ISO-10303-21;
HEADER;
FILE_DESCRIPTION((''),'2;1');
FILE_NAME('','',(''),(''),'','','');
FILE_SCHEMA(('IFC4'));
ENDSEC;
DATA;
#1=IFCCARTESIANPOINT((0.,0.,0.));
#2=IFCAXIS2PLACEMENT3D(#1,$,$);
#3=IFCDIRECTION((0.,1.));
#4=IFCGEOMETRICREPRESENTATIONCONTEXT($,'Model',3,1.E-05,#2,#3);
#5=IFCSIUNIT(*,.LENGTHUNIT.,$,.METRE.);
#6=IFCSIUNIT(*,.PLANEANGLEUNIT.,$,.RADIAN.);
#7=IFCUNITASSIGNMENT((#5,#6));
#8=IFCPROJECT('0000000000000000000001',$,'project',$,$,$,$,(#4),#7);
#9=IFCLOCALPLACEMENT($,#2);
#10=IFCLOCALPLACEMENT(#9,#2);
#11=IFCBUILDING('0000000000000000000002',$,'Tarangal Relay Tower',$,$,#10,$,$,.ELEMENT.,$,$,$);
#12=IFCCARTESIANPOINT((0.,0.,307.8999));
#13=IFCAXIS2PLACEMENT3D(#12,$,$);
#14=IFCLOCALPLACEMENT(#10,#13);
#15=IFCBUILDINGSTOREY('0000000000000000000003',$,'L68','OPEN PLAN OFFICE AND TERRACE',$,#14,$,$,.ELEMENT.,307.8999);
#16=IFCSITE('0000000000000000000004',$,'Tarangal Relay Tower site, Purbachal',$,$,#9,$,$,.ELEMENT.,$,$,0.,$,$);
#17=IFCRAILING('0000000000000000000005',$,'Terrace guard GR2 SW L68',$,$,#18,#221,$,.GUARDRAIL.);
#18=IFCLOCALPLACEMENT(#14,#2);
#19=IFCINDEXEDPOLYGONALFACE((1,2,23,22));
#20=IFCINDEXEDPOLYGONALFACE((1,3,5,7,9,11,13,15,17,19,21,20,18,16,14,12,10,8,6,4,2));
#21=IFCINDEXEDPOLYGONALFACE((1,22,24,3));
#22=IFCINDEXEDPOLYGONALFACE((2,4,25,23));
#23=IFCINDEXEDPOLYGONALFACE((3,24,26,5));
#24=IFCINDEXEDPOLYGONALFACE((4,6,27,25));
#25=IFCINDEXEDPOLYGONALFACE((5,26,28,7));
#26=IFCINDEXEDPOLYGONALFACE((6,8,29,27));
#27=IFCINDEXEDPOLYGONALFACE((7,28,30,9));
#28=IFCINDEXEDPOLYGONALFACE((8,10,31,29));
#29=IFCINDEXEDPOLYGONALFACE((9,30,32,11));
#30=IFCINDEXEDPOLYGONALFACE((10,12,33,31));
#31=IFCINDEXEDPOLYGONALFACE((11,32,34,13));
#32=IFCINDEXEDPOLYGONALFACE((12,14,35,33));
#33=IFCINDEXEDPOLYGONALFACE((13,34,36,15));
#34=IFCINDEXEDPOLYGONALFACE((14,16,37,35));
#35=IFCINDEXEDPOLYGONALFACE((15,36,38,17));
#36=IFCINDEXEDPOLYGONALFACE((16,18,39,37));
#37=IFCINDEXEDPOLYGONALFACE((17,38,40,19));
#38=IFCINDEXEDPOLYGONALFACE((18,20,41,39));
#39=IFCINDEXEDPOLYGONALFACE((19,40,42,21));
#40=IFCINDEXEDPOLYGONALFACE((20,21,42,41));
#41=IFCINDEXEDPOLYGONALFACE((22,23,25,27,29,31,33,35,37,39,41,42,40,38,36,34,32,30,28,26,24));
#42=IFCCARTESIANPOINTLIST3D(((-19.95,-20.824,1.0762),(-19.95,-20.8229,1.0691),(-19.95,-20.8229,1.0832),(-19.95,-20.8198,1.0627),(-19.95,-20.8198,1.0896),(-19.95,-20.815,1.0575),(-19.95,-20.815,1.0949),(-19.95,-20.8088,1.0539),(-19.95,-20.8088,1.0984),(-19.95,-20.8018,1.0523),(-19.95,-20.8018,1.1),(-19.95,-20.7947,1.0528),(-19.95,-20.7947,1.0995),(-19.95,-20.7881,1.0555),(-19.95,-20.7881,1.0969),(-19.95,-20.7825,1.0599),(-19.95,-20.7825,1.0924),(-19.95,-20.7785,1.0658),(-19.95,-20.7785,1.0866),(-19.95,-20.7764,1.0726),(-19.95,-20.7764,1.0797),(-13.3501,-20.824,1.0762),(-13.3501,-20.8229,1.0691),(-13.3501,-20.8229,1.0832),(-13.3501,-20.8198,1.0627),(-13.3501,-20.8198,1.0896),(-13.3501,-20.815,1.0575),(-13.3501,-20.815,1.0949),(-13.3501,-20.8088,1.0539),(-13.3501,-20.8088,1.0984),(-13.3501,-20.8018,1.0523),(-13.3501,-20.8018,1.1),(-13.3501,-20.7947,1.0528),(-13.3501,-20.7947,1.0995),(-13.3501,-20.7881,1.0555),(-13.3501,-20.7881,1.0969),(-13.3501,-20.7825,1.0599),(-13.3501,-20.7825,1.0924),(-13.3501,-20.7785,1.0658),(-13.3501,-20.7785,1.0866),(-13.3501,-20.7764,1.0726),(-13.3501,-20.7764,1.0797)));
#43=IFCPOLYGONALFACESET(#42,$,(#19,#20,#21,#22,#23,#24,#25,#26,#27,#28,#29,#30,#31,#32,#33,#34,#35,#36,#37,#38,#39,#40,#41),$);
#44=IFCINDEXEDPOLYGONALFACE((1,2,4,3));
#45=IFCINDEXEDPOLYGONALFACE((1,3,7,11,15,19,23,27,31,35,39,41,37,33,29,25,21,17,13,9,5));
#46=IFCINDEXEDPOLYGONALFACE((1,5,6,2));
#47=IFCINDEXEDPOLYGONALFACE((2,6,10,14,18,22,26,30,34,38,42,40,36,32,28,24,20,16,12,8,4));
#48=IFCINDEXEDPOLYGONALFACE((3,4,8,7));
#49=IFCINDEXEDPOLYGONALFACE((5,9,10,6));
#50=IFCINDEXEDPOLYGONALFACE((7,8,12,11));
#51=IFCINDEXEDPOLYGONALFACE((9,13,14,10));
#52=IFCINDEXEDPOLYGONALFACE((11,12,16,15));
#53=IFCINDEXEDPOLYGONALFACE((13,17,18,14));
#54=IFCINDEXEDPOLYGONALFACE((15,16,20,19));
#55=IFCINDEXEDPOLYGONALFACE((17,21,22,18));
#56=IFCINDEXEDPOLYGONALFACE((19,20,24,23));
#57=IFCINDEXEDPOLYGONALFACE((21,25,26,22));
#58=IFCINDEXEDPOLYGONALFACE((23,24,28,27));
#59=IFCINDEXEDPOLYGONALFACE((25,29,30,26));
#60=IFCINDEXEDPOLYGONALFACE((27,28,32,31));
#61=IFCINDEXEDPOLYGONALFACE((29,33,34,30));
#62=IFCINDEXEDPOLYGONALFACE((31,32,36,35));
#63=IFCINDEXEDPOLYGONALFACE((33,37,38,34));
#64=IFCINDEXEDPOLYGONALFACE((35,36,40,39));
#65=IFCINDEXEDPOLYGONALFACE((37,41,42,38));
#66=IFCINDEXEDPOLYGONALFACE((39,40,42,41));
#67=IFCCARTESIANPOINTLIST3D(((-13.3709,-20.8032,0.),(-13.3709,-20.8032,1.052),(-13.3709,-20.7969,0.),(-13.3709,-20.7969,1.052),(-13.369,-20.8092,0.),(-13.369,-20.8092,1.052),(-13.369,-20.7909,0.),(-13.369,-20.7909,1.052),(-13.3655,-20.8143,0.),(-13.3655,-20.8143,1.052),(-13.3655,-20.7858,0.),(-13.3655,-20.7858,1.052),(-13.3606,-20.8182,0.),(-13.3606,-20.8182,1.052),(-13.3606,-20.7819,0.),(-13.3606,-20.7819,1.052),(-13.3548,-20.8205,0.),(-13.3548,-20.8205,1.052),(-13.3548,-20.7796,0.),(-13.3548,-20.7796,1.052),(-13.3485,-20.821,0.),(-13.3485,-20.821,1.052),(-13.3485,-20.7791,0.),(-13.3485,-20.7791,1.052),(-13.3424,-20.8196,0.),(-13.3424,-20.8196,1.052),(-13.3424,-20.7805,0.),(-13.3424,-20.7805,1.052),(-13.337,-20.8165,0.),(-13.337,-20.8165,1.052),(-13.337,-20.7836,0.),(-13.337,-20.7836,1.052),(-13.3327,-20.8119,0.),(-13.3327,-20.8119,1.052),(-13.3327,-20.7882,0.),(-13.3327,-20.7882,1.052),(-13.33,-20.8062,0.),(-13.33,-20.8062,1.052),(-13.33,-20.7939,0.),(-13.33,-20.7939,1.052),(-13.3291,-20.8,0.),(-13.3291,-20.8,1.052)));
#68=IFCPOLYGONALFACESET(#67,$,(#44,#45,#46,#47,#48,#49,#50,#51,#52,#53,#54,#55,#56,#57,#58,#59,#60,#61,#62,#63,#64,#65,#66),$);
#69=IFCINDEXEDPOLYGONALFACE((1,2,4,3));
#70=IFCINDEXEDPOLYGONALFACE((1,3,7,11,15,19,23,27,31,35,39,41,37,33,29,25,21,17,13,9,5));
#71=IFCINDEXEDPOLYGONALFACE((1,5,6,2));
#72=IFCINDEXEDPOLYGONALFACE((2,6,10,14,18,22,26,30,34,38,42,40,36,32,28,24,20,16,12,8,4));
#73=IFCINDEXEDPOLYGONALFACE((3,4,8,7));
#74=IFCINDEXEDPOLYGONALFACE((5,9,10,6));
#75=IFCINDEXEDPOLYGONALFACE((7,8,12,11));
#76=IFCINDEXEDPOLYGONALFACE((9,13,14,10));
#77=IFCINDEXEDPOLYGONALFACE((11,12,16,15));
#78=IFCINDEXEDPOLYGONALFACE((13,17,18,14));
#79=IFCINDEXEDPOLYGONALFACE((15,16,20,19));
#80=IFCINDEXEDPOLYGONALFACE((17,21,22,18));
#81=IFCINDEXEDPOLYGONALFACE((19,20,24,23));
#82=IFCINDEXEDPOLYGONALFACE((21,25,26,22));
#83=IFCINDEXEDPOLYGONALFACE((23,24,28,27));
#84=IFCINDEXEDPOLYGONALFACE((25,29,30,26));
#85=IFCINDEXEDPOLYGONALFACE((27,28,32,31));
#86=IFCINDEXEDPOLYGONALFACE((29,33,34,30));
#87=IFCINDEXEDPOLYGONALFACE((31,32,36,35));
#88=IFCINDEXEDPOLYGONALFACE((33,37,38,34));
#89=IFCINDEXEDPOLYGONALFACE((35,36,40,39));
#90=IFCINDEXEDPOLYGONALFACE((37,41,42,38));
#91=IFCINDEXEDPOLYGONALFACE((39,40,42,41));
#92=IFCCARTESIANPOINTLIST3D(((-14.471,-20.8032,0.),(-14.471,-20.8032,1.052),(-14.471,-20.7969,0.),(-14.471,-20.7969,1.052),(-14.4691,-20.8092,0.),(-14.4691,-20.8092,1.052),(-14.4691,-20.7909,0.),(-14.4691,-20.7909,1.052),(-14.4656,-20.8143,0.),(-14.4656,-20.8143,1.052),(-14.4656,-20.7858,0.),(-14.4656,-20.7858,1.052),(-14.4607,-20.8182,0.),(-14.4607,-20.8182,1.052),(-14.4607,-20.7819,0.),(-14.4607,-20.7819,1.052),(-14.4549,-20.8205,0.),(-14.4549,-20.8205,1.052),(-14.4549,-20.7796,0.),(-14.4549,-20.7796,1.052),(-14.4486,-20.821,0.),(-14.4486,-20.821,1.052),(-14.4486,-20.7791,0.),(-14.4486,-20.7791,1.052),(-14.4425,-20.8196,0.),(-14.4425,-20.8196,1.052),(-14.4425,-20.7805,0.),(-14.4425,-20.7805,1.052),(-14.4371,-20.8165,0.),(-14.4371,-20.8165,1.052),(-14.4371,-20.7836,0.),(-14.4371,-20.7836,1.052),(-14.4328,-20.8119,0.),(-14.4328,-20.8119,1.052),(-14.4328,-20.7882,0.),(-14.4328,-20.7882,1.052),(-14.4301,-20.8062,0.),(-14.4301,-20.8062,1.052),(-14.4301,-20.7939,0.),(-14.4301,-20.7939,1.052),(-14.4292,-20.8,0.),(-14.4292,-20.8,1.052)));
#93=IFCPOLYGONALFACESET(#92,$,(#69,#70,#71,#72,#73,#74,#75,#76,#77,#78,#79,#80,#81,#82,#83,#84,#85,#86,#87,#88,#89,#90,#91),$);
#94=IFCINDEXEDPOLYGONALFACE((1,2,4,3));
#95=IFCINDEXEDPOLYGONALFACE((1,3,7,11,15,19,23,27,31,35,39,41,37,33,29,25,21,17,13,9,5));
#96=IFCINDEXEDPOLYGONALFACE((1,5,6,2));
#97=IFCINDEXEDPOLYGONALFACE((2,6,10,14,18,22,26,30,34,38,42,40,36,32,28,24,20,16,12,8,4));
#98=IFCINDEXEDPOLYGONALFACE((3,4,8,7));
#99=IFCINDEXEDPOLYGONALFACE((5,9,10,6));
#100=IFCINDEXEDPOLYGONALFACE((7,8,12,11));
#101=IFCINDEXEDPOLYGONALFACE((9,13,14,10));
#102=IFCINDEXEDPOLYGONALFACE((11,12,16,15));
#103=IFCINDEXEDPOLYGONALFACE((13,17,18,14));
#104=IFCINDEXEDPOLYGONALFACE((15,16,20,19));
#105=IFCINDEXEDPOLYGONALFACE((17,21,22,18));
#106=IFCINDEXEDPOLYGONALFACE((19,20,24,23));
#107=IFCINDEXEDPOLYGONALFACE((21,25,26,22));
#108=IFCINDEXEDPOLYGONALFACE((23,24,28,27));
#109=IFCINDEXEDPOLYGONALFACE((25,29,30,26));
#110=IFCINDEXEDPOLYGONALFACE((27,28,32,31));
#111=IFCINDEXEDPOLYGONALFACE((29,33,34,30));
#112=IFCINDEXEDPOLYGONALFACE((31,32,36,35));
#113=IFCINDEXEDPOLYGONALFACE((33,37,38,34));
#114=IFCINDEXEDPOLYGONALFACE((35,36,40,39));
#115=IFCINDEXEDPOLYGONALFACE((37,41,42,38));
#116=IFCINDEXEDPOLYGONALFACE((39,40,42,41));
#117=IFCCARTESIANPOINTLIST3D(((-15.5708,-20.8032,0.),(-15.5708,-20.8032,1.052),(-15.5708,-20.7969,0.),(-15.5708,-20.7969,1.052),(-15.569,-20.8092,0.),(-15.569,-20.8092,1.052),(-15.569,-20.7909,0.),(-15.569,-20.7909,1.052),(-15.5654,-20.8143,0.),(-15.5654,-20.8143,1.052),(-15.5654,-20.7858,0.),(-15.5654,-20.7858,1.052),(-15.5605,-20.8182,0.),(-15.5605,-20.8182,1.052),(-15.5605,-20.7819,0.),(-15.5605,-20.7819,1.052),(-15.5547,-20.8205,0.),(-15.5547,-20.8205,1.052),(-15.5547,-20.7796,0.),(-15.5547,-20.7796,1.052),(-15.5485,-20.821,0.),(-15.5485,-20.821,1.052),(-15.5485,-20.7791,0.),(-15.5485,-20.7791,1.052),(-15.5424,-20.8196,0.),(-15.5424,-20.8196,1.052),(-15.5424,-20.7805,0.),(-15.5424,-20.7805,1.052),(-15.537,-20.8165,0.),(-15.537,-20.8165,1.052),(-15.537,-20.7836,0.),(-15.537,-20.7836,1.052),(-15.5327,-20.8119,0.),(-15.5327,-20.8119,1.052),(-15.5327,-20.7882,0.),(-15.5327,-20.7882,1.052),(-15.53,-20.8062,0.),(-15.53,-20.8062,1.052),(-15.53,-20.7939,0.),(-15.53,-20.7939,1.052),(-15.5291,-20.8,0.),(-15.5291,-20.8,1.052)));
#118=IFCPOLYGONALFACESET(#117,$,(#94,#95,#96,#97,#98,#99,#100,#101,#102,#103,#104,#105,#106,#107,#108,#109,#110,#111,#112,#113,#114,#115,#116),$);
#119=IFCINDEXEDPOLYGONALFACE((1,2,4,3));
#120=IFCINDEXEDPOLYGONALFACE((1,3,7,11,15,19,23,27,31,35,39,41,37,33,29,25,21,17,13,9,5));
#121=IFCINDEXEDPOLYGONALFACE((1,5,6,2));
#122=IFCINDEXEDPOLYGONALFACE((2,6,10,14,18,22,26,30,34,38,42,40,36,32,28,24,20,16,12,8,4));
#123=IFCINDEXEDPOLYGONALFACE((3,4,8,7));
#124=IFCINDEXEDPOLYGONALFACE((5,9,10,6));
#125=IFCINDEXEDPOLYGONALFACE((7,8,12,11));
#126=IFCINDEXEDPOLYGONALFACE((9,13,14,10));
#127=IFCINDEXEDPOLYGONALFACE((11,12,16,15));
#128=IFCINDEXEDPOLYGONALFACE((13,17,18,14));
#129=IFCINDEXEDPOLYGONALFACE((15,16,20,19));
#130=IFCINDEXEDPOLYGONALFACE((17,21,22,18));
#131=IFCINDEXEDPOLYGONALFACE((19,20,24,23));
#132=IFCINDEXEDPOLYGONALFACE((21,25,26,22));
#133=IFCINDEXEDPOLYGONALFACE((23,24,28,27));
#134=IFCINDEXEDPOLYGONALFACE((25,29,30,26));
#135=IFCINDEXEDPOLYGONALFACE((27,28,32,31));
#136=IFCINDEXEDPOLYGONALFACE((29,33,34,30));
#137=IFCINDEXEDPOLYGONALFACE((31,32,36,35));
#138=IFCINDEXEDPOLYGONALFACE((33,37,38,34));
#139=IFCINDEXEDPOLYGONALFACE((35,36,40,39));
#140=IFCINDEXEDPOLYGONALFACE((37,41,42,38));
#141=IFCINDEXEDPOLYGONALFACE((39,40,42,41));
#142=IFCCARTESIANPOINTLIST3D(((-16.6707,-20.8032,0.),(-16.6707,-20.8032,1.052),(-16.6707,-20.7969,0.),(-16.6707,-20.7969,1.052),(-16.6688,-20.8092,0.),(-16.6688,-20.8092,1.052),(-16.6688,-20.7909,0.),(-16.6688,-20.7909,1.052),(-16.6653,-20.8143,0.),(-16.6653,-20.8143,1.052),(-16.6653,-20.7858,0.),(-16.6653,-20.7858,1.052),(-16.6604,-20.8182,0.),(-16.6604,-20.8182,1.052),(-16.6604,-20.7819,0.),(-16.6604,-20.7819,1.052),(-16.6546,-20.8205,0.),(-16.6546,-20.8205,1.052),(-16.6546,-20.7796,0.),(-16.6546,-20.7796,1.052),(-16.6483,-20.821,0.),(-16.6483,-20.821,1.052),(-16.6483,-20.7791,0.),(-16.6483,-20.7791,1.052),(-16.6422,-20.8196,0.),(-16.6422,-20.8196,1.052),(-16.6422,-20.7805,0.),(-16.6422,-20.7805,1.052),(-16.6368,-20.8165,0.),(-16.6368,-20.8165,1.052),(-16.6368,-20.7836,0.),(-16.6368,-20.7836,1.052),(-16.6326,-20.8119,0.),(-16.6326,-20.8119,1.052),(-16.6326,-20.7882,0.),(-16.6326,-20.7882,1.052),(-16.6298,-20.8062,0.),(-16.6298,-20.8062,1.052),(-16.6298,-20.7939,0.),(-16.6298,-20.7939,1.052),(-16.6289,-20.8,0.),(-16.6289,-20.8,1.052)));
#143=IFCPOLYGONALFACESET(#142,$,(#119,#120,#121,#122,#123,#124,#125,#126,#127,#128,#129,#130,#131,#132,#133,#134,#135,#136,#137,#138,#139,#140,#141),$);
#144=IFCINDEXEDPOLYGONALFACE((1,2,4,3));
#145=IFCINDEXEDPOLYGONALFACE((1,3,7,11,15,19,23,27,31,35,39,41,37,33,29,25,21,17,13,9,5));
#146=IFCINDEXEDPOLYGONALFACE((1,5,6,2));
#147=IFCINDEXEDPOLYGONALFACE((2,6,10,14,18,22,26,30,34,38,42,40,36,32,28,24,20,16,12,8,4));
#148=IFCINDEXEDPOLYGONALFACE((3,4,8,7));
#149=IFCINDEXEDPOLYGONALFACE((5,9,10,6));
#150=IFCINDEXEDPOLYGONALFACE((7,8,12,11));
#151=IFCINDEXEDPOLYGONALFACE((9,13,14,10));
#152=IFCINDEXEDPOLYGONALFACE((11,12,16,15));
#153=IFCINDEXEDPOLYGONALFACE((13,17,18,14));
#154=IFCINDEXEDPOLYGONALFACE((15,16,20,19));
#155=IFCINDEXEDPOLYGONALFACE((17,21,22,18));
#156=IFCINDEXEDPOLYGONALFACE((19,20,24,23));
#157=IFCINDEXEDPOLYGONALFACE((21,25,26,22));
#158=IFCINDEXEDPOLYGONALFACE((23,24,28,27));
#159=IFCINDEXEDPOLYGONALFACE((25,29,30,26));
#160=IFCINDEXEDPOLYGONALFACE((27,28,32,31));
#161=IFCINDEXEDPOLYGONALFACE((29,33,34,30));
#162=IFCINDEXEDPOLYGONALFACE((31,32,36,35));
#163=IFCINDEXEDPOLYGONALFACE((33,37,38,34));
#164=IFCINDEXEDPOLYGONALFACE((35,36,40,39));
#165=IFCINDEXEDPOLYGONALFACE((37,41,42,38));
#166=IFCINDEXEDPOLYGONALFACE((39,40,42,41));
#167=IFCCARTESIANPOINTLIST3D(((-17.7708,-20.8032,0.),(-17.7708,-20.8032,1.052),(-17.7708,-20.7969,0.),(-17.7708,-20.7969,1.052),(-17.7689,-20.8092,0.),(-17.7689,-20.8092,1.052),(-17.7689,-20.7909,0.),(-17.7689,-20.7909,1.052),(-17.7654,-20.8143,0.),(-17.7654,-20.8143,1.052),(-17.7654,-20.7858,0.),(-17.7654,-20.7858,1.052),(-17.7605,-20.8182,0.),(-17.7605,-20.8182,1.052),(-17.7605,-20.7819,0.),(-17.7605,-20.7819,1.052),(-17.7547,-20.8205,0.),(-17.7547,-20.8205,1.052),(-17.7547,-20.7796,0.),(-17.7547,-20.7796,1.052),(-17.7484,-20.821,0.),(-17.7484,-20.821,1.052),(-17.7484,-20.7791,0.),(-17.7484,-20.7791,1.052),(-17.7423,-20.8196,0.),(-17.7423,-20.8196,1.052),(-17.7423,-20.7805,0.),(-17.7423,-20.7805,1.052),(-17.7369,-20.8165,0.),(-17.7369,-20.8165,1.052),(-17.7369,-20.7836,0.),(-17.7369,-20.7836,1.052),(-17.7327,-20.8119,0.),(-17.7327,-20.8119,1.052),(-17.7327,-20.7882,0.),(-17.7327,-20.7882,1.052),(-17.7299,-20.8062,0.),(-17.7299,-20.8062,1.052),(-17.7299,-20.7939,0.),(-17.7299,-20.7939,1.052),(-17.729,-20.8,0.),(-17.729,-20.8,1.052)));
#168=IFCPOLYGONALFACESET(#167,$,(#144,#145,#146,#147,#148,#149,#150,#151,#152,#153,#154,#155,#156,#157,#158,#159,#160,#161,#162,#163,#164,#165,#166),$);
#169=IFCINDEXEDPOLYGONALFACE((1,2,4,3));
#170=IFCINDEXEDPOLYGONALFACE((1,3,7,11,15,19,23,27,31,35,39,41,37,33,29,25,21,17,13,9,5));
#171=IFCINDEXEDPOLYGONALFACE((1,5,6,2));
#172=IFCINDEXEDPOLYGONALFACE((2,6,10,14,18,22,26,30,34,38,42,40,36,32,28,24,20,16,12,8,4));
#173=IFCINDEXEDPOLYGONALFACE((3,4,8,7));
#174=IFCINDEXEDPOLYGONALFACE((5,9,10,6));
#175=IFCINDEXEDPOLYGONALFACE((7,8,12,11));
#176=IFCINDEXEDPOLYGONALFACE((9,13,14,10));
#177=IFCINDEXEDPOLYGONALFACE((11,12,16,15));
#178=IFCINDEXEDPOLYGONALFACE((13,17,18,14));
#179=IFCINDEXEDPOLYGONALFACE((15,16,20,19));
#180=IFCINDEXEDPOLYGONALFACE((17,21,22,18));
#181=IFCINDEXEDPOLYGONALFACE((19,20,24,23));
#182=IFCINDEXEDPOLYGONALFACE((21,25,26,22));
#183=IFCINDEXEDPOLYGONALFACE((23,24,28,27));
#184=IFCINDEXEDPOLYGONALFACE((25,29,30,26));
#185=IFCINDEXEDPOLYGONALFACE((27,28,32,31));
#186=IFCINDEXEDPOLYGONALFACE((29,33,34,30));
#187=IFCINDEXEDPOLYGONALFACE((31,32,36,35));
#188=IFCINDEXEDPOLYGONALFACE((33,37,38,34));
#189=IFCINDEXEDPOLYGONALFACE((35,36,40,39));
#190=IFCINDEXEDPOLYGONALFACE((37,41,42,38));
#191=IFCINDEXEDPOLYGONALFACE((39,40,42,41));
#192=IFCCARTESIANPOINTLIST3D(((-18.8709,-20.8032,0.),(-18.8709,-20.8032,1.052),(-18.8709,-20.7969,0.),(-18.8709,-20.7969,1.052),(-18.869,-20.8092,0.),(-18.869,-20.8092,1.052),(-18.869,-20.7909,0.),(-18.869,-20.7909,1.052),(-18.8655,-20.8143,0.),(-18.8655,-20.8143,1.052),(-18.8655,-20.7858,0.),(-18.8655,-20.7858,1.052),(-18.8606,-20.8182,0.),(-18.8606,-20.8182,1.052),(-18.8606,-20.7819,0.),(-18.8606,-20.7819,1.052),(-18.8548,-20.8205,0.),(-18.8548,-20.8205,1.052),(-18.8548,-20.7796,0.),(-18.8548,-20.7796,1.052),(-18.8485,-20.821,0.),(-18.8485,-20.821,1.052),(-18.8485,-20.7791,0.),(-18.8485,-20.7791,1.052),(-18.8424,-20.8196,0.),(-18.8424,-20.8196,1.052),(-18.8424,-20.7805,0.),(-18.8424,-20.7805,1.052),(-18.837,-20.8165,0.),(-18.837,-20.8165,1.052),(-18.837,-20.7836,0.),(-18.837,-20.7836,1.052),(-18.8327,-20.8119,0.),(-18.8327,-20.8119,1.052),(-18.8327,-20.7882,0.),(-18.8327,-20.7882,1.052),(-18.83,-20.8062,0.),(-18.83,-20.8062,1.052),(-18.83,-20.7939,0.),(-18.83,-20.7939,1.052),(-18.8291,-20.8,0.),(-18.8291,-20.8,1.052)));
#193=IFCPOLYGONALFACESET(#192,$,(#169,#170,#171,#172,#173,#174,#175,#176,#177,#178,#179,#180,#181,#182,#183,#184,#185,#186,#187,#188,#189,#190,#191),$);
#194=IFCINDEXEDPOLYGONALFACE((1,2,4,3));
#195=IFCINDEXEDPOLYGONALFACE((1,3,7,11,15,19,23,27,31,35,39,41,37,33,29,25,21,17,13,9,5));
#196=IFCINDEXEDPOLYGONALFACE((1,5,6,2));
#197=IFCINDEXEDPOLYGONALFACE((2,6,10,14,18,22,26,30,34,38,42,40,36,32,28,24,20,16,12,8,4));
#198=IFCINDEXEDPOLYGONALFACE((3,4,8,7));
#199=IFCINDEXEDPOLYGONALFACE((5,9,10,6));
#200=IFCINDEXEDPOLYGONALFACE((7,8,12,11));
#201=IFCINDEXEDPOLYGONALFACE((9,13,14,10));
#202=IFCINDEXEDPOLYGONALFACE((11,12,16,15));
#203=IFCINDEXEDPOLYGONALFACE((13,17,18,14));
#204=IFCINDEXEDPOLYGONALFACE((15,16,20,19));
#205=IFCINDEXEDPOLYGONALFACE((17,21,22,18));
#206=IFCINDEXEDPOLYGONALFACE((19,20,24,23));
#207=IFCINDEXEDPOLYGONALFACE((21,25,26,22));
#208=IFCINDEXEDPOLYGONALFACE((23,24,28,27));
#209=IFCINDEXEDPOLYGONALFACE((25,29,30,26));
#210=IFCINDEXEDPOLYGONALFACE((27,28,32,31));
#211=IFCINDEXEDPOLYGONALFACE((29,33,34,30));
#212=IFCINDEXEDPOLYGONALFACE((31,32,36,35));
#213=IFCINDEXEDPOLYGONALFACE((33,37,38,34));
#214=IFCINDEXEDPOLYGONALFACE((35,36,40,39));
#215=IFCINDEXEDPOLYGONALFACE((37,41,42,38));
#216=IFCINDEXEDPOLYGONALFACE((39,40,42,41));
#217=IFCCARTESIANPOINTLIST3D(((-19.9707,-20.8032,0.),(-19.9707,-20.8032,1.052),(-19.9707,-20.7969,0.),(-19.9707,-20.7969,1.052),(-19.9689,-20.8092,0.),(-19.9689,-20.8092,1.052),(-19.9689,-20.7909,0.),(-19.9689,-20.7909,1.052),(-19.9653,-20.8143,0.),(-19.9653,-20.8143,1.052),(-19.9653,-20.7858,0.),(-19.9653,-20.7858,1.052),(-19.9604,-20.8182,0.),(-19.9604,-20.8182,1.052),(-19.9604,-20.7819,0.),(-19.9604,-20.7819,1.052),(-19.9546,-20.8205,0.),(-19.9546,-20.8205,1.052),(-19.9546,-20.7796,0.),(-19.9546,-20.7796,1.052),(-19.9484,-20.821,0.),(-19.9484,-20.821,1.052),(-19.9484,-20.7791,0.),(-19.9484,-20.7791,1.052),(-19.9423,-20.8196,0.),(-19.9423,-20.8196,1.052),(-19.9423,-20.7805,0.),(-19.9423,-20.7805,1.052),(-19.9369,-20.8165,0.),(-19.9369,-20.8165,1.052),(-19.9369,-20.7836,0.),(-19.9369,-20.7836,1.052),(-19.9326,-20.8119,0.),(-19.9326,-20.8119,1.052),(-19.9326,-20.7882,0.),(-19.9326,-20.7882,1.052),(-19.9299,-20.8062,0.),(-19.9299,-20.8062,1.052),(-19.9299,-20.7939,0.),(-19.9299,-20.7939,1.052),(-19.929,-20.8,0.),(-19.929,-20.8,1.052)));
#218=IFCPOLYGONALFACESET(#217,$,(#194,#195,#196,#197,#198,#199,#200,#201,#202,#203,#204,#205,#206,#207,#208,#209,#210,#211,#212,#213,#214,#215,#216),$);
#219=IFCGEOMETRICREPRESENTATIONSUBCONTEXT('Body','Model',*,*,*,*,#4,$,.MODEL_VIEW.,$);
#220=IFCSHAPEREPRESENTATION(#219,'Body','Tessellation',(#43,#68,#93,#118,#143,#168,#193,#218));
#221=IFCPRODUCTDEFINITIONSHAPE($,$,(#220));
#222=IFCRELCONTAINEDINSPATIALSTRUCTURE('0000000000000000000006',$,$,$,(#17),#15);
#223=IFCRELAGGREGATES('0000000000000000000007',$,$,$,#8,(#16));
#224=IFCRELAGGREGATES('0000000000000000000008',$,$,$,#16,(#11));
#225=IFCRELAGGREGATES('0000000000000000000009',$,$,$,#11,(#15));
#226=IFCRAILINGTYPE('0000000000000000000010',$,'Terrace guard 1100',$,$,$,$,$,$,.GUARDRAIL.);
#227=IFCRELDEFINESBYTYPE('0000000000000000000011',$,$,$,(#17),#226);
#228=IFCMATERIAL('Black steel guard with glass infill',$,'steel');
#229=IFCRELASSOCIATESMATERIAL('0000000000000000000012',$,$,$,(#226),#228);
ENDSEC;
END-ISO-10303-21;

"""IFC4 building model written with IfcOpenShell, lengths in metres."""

from ifc_helpers import new_model, si_unit, direction, frame, origin, origin_2d, place, context, subcontext, project, spatial, circle, extrude, material, type_object, element, save


model = new_model("IFC4")

# Units and contexts
model_context = context("Model", 3, precision=1e-05, world=origin(), true_north=direction((0.0, 1.0)))
body_context = subcontext(model_context, "Body", "Model", "MODEL_VIEW")
ifc_project = project(units=[si_unit("LENGTHUNIT", "METRE"), si_unit("PLANEANGLEUNIT", "RADIAN")], contexts=[model_context])

# Site, building, storey
site_placement = place(None, origin())
site = spatial("IfcSite", under=ifc_project, at=site_placement, Name="Tarangal Relay Tower site, Purbachal", CompositionType="ELEMENT", RefElevation=0.0)
building_placement = place(site_placement, origin())
building = spatial("IfcBuilding", under=site, at=building_placement, Name="Tarangal Relay Tower", CompositionType="ELEMENT")
storey_placement = place(building_placement, frame((0.0, 0.0, 307.8999)))
storey = spatial("IfcBuildingStorey", under=building, at=storey_placement, Name="L68", Description="OPEN PLAN OFFICE AND TERRACE", CompositionType="ELEMENT", Elevation=307.8999)

# Railing
ifc_material_1 = material(Name="Black steel guard with glass infill", Category="steel")
railing_type = type_object("IfcRailingType", Name="Terrace guard 1100", PredefinedType="GUARDRAIL", material=ifc_material_1)
railing_1_placement = place(storey_placement, frame((-13.3501, -20.8, 0.0)))
element("IfcRailing", 1, at=railing_1_placement, inside=storey, type_object=railing_type, Name="Terrace guard GR2 SW L68", PredefinedType="GUARDRAIL", context=body_context, shape_type="SweptSolid", body=[
    extrude(circle(Radius=0.0239, at=origin_2d()), frame((0.0, 0.0, 1.0762), z_axis=(-1.0, 0.0, 0.0), x_axis=(0.0, -1.0, 0.0)), (0.0, 0.0, 1.0), 6.5999),
    extrude(circle(Radius=0.021, at=origin_2d()), origin(), (0.0, 0.0, 1.0), 1.052),
    extrude(circle(Radius=0.021, at=origin_2d()), frame((-1.1001, 0.0, 0.0)), (0.0, 0.0, 1.0), 1.052),
    extrude(circle(Radius=0.021, at=origin_2d()), frame((-2.2, 0.0, 0.0)), (0.0, 0.0, 1.0), 1.052),
    extrude(circle(Radius=0.021, at=origin_2d()), frame((-3.2998, 0.0, 0.0)), (0.0, 0.0, 1.0), 1.052),
    extrude(circle(Radius=0.021, at=origin_2d()), frame((-4.3999, 0.0, 0.0)), (0.0, 0.0, 1.0), 1.052),
    extrude(circle(Radius=0.021, at=origin_2d()), frame((-5.5, 0.0, 0.0)), (0.0, 0.0, 1.0), 1.052),
    extrude(circle(Radius=0.021, at=origin_2d()), frame((-6.5999, 0.0, 0.0)), (0.0, 0.0, 1.0), 1.052),
])

save(model, "model.ifc")
